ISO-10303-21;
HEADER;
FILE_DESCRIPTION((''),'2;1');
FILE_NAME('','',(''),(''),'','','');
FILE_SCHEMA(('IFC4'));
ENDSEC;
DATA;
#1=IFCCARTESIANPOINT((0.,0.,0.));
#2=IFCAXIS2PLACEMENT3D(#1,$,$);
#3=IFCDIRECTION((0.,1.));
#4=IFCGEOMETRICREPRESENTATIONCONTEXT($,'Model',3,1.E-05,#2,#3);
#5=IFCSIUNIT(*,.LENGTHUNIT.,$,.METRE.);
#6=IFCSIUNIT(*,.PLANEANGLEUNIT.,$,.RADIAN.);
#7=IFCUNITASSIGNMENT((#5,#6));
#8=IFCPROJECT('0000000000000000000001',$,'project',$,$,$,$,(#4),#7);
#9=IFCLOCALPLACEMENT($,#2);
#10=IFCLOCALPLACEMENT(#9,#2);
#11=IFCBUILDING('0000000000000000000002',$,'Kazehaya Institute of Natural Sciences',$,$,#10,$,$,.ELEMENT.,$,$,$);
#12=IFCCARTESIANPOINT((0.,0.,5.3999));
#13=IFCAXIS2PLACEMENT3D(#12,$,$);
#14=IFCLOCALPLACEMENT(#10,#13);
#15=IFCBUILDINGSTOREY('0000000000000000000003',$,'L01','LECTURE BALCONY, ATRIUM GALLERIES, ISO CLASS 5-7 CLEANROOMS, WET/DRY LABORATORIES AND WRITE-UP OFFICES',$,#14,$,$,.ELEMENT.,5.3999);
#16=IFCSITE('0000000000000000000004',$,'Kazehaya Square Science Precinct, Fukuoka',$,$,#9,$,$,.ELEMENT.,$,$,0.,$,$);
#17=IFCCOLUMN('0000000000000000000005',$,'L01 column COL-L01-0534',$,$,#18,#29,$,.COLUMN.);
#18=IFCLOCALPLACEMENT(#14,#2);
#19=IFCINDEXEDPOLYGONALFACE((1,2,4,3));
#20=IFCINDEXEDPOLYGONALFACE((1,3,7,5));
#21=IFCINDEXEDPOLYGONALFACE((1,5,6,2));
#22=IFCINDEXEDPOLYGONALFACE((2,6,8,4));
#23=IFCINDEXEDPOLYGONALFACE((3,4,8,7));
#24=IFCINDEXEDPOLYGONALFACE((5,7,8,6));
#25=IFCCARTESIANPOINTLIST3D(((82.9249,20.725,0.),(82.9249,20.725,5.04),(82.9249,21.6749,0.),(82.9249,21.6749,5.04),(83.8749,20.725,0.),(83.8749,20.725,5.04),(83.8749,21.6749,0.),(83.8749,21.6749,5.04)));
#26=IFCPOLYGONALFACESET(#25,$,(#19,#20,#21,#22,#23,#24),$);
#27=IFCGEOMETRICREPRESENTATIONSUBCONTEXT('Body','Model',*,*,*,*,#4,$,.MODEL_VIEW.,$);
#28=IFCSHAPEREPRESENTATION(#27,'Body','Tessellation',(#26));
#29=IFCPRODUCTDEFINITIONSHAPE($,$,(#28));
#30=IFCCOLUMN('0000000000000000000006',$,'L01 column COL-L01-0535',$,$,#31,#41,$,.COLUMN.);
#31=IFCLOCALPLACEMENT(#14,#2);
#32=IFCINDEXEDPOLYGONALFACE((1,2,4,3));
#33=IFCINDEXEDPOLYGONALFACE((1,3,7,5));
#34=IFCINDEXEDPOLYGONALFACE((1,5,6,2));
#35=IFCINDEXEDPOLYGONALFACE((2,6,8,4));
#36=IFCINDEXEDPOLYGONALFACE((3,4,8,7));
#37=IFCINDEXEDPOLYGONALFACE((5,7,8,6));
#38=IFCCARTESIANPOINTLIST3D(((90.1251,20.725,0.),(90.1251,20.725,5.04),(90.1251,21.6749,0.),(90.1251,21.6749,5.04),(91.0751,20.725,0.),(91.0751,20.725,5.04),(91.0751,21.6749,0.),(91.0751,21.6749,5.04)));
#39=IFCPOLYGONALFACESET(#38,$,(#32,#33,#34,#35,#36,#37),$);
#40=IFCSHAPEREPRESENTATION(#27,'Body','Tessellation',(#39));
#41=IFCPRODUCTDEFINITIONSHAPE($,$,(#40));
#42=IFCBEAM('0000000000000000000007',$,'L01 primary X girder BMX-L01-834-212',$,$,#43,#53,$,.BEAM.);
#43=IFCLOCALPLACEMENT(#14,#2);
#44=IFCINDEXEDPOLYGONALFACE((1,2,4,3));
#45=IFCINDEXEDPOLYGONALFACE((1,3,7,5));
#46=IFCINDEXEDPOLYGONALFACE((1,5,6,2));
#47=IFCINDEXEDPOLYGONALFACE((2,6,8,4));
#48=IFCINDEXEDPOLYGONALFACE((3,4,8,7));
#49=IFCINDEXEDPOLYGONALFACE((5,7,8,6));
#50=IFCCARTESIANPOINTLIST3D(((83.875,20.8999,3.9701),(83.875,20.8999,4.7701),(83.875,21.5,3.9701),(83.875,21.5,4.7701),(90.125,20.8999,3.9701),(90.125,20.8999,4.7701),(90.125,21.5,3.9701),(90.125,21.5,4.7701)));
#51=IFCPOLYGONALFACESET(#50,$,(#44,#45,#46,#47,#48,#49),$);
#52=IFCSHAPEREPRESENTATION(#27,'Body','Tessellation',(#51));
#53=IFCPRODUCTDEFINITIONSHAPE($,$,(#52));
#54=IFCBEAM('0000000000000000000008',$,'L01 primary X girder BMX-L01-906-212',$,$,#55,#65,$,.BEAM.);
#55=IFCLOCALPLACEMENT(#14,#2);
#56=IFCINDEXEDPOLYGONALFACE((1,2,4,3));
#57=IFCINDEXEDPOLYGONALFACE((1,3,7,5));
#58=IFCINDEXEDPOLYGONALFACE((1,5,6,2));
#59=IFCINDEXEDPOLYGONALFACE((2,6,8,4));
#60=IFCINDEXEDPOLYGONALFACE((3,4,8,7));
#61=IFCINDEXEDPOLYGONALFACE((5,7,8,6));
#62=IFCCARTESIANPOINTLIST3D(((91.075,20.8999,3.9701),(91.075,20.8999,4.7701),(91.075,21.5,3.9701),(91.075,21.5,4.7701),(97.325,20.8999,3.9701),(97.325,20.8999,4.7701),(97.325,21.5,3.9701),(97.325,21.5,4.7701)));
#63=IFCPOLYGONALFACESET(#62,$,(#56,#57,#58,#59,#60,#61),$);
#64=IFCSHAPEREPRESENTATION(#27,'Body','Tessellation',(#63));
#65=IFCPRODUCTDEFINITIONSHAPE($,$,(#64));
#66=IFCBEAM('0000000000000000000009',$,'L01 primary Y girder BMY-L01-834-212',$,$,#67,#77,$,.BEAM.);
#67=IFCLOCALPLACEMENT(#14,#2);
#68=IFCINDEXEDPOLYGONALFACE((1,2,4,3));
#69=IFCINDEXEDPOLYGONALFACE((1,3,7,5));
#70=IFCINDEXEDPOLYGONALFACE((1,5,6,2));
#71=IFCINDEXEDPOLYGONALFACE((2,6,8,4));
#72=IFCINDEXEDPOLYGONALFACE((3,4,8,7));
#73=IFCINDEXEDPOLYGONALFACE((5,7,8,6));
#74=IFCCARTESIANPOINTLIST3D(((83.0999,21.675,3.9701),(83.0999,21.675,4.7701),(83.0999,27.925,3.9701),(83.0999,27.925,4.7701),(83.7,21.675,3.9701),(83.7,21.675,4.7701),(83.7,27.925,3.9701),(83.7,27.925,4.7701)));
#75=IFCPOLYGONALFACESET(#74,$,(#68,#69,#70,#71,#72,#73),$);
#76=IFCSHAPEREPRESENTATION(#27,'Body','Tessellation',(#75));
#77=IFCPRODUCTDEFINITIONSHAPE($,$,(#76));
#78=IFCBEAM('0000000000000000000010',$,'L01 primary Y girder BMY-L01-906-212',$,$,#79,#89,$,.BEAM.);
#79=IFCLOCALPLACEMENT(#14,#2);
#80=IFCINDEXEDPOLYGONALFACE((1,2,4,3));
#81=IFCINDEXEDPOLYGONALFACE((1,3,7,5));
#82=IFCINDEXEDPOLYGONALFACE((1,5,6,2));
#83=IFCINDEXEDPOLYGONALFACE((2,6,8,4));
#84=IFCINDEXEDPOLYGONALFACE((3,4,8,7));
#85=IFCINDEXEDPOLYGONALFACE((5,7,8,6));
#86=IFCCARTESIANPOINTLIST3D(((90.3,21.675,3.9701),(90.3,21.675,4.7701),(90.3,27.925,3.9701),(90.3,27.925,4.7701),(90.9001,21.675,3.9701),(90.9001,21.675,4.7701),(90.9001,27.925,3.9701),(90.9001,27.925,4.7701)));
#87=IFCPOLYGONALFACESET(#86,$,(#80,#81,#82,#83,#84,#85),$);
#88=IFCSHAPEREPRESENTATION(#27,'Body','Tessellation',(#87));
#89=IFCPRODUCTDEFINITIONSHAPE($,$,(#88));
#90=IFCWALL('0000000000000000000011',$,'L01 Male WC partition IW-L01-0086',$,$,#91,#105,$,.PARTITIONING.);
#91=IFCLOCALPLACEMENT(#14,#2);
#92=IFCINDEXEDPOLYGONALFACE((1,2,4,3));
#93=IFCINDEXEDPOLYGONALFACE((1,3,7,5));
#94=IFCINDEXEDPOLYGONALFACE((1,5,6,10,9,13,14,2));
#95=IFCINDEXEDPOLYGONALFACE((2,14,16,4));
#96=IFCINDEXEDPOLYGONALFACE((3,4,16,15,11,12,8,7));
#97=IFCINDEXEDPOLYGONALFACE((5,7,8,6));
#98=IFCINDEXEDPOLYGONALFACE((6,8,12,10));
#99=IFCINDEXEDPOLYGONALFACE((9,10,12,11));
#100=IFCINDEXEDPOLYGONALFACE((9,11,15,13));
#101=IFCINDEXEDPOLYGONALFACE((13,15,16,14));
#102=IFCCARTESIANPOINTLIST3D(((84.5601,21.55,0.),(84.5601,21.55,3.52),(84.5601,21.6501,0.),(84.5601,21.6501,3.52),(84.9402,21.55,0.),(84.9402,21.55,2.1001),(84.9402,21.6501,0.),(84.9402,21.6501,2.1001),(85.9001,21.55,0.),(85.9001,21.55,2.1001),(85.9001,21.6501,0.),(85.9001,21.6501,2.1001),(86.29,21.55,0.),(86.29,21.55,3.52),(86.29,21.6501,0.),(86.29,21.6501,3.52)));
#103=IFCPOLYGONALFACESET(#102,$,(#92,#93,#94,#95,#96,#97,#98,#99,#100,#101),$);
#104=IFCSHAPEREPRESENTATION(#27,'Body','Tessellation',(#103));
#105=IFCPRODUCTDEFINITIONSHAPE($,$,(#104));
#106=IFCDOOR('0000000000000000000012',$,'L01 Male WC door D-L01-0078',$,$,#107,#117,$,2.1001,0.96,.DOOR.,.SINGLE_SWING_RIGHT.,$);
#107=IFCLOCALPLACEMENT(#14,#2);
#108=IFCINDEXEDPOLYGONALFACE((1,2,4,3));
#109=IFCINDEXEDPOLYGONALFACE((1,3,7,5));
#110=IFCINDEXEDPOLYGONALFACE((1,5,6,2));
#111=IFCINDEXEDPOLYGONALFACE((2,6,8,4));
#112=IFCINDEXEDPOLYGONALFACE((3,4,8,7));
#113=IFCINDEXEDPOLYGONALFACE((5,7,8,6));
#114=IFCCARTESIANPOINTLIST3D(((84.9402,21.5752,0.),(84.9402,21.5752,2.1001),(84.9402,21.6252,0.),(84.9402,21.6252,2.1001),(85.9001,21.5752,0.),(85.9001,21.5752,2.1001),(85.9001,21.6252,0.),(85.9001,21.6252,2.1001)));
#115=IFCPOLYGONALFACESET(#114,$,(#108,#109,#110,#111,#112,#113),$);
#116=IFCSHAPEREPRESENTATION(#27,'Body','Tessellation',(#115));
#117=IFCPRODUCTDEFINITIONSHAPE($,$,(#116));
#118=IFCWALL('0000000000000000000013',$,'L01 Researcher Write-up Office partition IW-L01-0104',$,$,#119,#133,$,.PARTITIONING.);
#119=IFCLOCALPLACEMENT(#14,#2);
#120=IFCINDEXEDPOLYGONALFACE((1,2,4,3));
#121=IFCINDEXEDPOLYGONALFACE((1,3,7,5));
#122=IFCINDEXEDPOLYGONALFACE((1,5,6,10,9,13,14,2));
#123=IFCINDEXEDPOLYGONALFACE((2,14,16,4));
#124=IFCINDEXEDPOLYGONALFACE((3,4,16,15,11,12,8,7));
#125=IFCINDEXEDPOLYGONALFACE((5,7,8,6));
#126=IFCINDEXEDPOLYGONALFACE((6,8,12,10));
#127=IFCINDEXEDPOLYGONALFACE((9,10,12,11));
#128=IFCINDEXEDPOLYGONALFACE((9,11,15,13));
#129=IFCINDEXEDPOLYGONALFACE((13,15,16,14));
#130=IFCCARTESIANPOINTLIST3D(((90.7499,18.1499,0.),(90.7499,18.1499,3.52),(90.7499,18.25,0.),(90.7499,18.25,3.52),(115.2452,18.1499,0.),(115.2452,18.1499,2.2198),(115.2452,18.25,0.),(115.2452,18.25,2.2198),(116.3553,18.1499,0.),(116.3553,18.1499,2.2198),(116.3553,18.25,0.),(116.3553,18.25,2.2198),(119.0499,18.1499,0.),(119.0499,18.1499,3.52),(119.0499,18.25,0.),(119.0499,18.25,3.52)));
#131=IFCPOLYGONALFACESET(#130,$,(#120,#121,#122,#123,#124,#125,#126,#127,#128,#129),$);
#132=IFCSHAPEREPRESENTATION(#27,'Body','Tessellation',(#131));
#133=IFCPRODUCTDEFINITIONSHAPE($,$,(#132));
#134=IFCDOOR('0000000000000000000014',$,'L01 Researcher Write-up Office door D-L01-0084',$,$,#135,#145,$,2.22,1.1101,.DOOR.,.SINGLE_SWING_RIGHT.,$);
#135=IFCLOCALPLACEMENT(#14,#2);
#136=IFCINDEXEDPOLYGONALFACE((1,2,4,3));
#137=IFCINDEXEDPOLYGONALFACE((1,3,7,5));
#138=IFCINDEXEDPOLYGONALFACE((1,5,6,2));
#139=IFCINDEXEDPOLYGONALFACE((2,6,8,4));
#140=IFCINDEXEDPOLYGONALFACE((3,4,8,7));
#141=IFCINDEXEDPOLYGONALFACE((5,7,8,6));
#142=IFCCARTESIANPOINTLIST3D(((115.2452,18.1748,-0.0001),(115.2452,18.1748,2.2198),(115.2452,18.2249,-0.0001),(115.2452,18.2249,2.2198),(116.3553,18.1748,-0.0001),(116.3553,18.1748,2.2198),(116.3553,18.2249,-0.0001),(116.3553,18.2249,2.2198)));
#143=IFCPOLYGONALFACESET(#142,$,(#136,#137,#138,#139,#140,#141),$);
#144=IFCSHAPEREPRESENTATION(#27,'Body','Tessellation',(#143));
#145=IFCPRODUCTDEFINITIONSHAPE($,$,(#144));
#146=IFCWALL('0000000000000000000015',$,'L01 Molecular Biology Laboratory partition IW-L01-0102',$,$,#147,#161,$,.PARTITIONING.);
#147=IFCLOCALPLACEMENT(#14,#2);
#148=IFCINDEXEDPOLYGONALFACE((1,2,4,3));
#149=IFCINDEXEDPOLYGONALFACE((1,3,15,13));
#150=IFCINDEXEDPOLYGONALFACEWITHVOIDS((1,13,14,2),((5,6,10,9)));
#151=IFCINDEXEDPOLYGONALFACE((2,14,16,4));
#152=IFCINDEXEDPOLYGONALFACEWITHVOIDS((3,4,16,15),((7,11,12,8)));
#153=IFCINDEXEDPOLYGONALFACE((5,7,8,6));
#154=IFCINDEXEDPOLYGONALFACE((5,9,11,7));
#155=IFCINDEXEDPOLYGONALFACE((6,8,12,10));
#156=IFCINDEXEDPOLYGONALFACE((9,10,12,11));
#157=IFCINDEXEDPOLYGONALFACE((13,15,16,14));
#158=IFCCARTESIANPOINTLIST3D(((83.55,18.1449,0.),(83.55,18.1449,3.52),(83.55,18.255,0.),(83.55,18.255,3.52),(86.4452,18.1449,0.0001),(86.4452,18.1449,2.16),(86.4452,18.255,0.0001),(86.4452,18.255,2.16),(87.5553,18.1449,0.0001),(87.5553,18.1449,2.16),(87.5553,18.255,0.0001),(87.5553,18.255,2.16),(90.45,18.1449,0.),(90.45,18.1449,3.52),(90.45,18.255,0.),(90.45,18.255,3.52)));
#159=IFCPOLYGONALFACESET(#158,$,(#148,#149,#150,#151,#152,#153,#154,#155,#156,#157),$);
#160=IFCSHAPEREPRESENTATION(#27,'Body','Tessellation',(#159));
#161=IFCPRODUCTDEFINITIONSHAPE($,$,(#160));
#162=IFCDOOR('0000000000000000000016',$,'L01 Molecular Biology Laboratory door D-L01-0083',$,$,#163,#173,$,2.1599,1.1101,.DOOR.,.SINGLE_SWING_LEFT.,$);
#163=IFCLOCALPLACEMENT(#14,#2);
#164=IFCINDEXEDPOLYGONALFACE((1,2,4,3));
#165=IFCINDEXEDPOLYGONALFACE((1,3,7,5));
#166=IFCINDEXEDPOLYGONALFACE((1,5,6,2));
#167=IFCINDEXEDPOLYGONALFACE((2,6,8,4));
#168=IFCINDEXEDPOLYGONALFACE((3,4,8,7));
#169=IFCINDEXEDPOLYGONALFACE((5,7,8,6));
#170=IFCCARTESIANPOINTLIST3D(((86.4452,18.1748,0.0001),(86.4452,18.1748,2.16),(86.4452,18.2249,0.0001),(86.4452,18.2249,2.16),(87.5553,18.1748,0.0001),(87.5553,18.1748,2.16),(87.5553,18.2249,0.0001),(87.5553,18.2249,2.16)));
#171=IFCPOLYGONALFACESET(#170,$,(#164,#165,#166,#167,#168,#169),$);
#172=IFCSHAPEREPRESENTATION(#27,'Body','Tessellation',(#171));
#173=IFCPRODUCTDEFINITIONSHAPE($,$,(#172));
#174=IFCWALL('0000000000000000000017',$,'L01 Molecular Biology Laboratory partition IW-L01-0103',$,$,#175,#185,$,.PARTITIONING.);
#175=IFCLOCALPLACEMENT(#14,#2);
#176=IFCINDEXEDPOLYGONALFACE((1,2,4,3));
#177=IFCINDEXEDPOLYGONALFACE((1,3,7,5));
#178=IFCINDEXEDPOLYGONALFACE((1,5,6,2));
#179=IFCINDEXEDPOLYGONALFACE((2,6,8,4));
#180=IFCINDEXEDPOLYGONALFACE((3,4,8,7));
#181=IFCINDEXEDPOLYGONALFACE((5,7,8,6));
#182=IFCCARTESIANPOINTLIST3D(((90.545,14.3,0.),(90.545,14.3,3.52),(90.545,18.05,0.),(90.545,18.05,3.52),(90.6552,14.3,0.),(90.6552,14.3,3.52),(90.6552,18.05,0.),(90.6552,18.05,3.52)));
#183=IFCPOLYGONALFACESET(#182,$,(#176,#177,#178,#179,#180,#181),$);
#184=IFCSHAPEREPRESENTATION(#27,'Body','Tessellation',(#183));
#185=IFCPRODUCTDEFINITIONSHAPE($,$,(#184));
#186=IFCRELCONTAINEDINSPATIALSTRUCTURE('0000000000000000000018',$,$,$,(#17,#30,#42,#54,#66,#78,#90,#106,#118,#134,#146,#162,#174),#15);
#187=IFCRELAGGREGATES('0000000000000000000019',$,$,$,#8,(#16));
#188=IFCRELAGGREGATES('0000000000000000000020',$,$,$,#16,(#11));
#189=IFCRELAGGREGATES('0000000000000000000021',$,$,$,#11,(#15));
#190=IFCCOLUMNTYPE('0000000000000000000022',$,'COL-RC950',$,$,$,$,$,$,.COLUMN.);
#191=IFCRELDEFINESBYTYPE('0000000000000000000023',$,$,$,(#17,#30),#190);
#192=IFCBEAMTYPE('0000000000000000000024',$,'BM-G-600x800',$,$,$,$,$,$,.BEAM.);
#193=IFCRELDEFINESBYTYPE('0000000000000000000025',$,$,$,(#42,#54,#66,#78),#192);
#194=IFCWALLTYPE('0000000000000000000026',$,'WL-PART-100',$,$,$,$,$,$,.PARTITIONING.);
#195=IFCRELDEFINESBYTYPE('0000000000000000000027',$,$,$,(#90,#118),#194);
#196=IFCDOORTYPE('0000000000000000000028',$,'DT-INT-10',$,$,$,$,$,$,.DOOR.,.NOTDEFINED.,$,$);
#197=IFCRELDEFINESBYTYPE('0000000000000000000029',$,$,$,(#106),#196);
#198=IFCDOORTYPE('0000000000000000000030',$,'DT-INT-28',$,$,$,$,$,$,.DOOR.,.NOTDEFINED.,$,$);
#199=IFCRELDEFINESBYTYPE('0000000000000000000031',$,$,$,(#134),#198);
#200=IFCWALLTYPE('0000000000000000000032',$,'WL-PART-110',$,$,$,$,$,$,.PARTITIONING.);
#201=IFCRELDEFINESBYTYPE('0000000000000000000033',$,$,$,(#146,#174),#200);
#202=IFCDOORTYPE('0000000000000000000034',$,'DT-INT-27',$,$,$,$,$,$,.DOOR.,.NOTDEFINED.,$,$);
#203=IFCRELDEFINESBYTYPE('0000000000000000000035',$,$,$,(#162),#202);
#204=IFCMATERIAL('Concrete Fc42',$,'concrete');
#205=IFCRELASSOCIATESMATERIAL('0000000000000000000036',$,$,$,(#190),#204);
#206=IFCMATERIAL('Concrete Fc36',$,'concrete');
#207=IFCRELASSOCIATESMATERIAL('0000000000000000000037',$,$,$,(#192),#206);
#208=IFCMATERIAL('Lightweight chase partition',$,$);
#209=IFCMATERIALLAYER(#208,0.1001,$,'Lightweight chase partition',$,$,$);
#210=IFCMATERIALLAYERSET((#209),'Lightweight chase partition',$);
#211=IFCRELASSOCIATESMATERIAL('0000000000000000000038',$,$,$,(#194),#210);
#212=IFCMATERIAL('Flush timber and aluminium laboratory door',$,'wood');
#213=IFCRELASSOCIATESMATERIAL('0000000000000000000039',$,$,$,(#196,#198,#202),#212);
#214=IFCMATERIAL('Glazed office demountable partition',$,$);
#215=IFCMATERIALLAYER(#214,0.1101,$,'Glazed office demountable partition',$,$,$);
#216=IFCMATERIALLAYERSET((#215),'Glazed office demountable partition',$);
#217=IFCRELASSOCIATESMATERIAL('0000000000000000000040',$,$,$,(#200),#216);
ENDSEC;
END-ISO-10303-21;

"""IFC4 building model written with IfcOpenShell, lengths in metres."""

from ifc_helpers import new_model, si_unit, direction, frame, frame_2d, origin, origin_2d, place, context, subcontext, project, spatial, rectangle, extrude, material, layer, layer_set, material_profile, profile_set, type_object, element, fill, save


model = new_model("IFC4")

# Units and contexts
model_context = context("Model", 3, precision=1e-05, world=origin(), true_north=direction((0.0, 1.0)))
body_context = subcontext(model_context, "Body", "Model", "MODEL_VIEW")
ifc_project = project(units=[si_unit("LENGTHUNIT", "METRE"), si_unit("PLANEANGLEUNIT", "RADIAN")], contexts=[model_context])

# Site, building, storey
site_placement = place(None, origin())
site = spatial("IfcSite", under=ifc_project, at=site_placement, Name="Kazehaya Square Science Precinct, Fukuoka", CompositionType="ELEMENT", RefElevation=0.0)
building_placement = place(site_placement, origin())
building = spatial("IfcBuilding", under=site, at=building_placement, Name="Kazehaya Institute of Natural Sciences", CompositionType="ELEMENT")
storey_placement = place(building_placement, frame((0.0, 0.0, 5.3999)))
storey = spatial("IfcBuildingStorey", under=building, at=storey_placement, Name="L01", Description="LECTURE BALCONY, ATRIUM GALLERIES, ISO CLASS 5-7 CLEANROOMS, WET/DRY LABORATORIES AND WRITE-UP OFFICES", CompositionType="ELEMENT", Elevation=5.3999)

# Columns
ifc_material_1 = material(Name="Concrete Fc42", Category="concrete")
ifc_material_profile_1 = material_profile(ifc_material_1, rectangle(XDim=0.95, YDim=0.95, at=origin_2d()), Name="RC-950x950")
ifc_profile_set_1 = profile_set([ifc_material_profile_1], Name="Concrete Fc42")
column_type = type_object("IfcColumnType", Name="COL-RC950", PredefinedType="COLUMN", material=ifc_profile_set_1)
for number, where, z_axis, x_axis, name in (
    (1, (83.3999, 21.2, 0.0), (0.0, 0.0, 1.0), (1.0, 0.0, 0.0), "L01 column COL-L01-0534"),
    (2, (90.6001, 21.2, 0.0), (0.0, 0.0, 1.0), (1.0, 0.0, 0.0), "L01 column COL-L01-0535"),
):
    element("IfcColumn", number, at=place(storey_placement, frame(where, z_axis=z_axis, x_axis=x_axis)), inside=storey, type_object=column_type, Name=name, PredefinedType="COLUMN", context=body_context, shape_type="SweptSolid", body=[
        extrude(rectangle(XDim=0.95, YDim=0.95, at=origin_2d()), origin(), (0.0, 0.0, 1.0), 5.04),
    ])

# Beams
ifc_material_2 = material(Name="Concrete Fc36", Category="concrete")
ifc_material_profile_2 = material_profile(ifc_material_2, rectangle(XDim=0.6001, YDim=0.8, at=origin_2d()), Name="RC-600x800")
ifc_profile_set_2 = profile_set([ifc_material_profile_2], Name="Concrete Fc36")
beam_type = type_object("IfcBeamType", Name="BM-G-600x800", PredefinedType="BEAM", material=ifc_profile_set_2)
for number, where, z_axis, x_axis, name in (
    (3, (83.875, 21.2, 4.3701), (1.0, 0.0, 0.0), (0.0, 1.0, 0.0), "L01 primary X girder BMX-L01-834-212"),
    (4, (91.075, 21.2, 4.3701), (1.0, 0.0, 0.0), (0.0, 1.0, 0.0), "L01 primary X girder BMX-L01-906-212"),
    (5, (83.3999, 21.675, 4.3701), (0.0, 1.0, 0.0), (-1.0, 0.0, 0.0), "L01 primary Y girder BMY-L01-834-212"),
    (6, (90.6001, 21.675, 4.3701), (0.0, 1.0, 0.0), (-1.0, 0.0, 0.0), "L01 primary Y girder BMY-L01-906-212"),
):
    element("IfcBeam", number, at=place(storey_placement, frame(where, z_axis=z_axis, x_axis=x_axis)), inside=storey, type_object=beam_type, Name=name, PredefinedType="BEAM", context=body_context, shape_type="SweptSolid", body=[
        extrude(rectangle(XDim=0.6001, YDim=0.8, at=origin_2d()), origin(), (0.0, 0.0, 1.0), 6.25),
    ])

# Walls, openings, doors
ifc_material_3 = material(Name="Lightweight chase partition")
ifc_layer_1 = layer(ifc_material_3, 0.1001, Name="Lightweight chase partition")
ifc_layer_set_1 = layer_set([ifc_layer_1], Name="Lightweight chase partition")
wall_type_1 = type_object("IfcWallType", Name="WL-PART-100", PredefinedType="PARTITIONING", material=ifc_layer_set_1)
wall_1_placement = place(storey_placement, frame((86.29, 21.6001, 0.0), z_axis=(0.0, 0.0, 1.0), x_axis=(-1.0, 0.0, 0.0)))
wall_1 = element("IfcWall", 7, at=wall_1_placement, inside=storey, type_object=wall_type_1, Name="L01 Male WC partition IW-L01-0086", PredefinedType="PARTITIONING", context=body_context, shape_type="SweptSolid", body=[
    extrude(rectangle(XDim=1.73, YDim=0.1001, at=frame_2d((0.865, 0.0))), origin(), (0.0, 0.0, 1.0), 3.52),
])
opening_1_placement = place(wall_1_placement, frame((0.3899, 0.0, 0.0)))
opening_1 = element("IfcOpeningElement", 8, at=opening_1_placement, cuts=wall_1, PredefinedType="OPENING", context=body_context, shape_type="SweptSolid", body=[
    extrude(rectangle(XDim=0.96, YDim=2.1001, at=frame_2d((0.48, 1.05))), frame((0.0, 0.0601, 0.0), z_axis=(0.0, -1.0, 0.0), x_axis=(1.0, 0.0, 0.0)), (0.0, 0.0, 1.0), 0.1201),
])
ifc_material_4 = material(Name="Flush timber and aluminium laboratory door", Category="wood")
door_type_1 = type_object("IfcDoorType", Name="DT-INT-10", OperationType="NOTDEFINED", PredefinedType="DOOR", material=ifc_material_4)
door_1_placement = place(opening_1_placement, origin())
door_1 = element("IfcDoor", 9, at=door_1_placement, inside=storey, type_object=door_type_1, Name="L01 Male WC door D-L01-0078", OperationType="SINGLE_SWING_RIGHT", OverallHeight=2.1001, OverallWidth=0.96, PredefinedType="DOOR", context=body_context, shape_type="SweptSolid", body=[
    extrude(rectangle(XDim=0.96, YDim=2.1001, at=frame_2d((0.48, 1.05))), frame((0.0, 0.0249, 0.0), z_axis=(0.0, -1.0, 0.0), x_axis=(1.0, 0.0, 0.0)), (0.0, 0.0, 1.0), 0.05),
])
fill(opening_1, door_1)
wall_2_placement = place(storey_placement, frame((90.75, 18.2, 0.0), z_axis=(0.0, 0.0, 1.0), x_axis=(1.0, 0.0, 0.0)))
wall_2 = element("IfcWall", 10, at=wall_2_placement, inside=storey, type_object=wall_type_1, Name="L01 Researcher Write-up Office partition IW-L01-0104", PredefinedType="PARTITIONING", context=body_context, shape_type="SweptSolid", body=[
    extrude(rectangle(XDim=28.3, YDim=0.1001, at=frame_2d((14.1499, 0.0))), origin(), (0.0, 0.0, 1.0), 3.52),
])
opening_2_placement = place(wall_2_placement, frame((24.4951, 0.0, 0.0)))
opening_2 = element("IfcOpeningElement", 11, at=opening_2_placement, cuts=wall_2, PredefinedType="OPENING", context=body_context, shape_type="SweptSolid", body=[
    extrude(rectangle(XDim=1.1101, YDim=2.22, at=frame_2d((0.5552, 1.1099))), frame((0.0, 0.0601, 0.0), z_axis=(0.0, -1.0, 0.0), x_axis=(1.0, 0.0, 0.0)), (0.0, 0.0, 1.0), 0.1201),
])
door_type_2 = type_object("IfcDoorType", Name="DT-INT-28", OperationType="NOTDEFINED", PredefinedType="DOOR", material=ifc_material_4)
door_2_placement = place(opening_2_placement, origin())
door_2 = element("IfcDoor", 12, at=door_2_placement, inside=storey, type_object=door_type_2, Name="L01 Researcher Write-up Office door D-L01-0084", OperationType="SINGLE_SWING_RIGHT", OverallHeight=2.22, OverallWidth=1.1101, PredefinedType="DOOR", context=body_context, shape_type="SweptSolid", body=[
    extrude(rectangle(XDim=1.1101, YDim=2.22, at=frame_2d((0.5552, 1.1099))), frame((0.0, 0.0249, 0.0), z_axis=(0.0, -1.0, 0.0), x_axis=(1.0, 0.0, 0.0)), (0.0, 0.0, 1.0), 0.05),
])
fill(opening_2, door_2)
ifc_material_5 = material(Name="Glazed office demountable partition")
ifc_layer_2 = layer(ifc_material_5, 0.1101, Name="Glazed office demountable partition")
ifc_layer_set_2 = layer_set([ifc_layer_2], Name="Glazed office demountable partition")
wall_type_2 = type_object("IfcWallType", Name="WL-PART-110", PredefinedType="PARTITIONING", material=ifc_layer_set_2)
wall_3_placement = place(storey_placement, frame((83.55, 18.2, 0.0), z_axis=(0.0, 0.0, 1.0), x_axis=(1.0, 0.0, 0.0)))
wall_3 = element("IfcWall", 13, at=wall_3_placement, inside=storey, type_object=wall_type_2, Name="L01 Molecular Biology Laboratory partition IW-L01-0102", PredefinedType="PARTITIONING", context=body_context, shape_type="SweptSolid", body=[
    extrude(rectangle(XDim=6.8999, YDim=0.1101, at=frame_2d((3.45, 0.0))), origin(), (0.0, 0.0, 1.0), 3.52),
])
opening_3_placement = place(wall_3_placement, frame((2.895, 0.0, 0.0)))
opening_3 = element("IfcOpeningElement", 14, at=opening_3_placement, cuts=wall_3, PredefinedType="OPENING", context=body_context, shape_type="SweptSolid", body=[
    extrude(rectangle(XDim=1.1101, YDim=2.1599, at=frame_2d((0.5552, 1.0801))), frame((0.0, 0.0649, 0.0), z_axis=(0.0, -1.0, 0.0), x_axis=(1.0, 0.0, 0.0)), (0.0, 0.0, 1.0), 0.1301),
])
door_type_3 = type_object("IfcDoorType", Name="DT-INT-27", OperationType="NOTDEFINED", PredefinedType="DOOR", material=ifc_material_4)
door_3_placement = place(opening_3_placement, origin())
door_3 = element("IfcDoor", 15, at=door_3_placement, inside=storey, type_object=door_type_3, Name="L01 Molecular Biology Laboratory door D-L01-0083", OperationType="SINGLE_SWING_LEFT", OverallHeight=2.1599, OverallWidth=1.1101, PredefinedType="DOOR", context=body_context, shape_type="SweptSolid", body=[
    extrude(rectangle(XDim=1.1101, YDim=2.1599, at=frame_2d((0.5552, 1.0801))), frame((0.0, 0.0249, 0.0), z_axis=(0.0, -1.0, 0.0), x_axis=(1.0, 0.0, 0.0)), (0.0, 0.0, 1.0), 0.05),
])
fill(opening_3, door_3)

# Wall
wall_4_placement = place(storey_placement, frame((90.6001, 18.05, 0.0), z_axis=(0.0, 0.0, 1.0), x_axis=(0.0, -1.0, 0.0)))
element("IfcWall", 16, at=wall_4_placement, inside=storey, type_object=wall_type_2, Name="L01 Molecular Biology Laboratory partition IW-L01-0103", PredefinedType="PARTITIONING", context=body_context, shape_type="SweptSolid", body=[
    extrude(rectangle(XDim=3.75, YDim=0.1101, at=frame_2d((1.875, 0.0))), origin(), (0.0, 0.0, 1.0), 3.52),
])

save(model, "model.ifc")
